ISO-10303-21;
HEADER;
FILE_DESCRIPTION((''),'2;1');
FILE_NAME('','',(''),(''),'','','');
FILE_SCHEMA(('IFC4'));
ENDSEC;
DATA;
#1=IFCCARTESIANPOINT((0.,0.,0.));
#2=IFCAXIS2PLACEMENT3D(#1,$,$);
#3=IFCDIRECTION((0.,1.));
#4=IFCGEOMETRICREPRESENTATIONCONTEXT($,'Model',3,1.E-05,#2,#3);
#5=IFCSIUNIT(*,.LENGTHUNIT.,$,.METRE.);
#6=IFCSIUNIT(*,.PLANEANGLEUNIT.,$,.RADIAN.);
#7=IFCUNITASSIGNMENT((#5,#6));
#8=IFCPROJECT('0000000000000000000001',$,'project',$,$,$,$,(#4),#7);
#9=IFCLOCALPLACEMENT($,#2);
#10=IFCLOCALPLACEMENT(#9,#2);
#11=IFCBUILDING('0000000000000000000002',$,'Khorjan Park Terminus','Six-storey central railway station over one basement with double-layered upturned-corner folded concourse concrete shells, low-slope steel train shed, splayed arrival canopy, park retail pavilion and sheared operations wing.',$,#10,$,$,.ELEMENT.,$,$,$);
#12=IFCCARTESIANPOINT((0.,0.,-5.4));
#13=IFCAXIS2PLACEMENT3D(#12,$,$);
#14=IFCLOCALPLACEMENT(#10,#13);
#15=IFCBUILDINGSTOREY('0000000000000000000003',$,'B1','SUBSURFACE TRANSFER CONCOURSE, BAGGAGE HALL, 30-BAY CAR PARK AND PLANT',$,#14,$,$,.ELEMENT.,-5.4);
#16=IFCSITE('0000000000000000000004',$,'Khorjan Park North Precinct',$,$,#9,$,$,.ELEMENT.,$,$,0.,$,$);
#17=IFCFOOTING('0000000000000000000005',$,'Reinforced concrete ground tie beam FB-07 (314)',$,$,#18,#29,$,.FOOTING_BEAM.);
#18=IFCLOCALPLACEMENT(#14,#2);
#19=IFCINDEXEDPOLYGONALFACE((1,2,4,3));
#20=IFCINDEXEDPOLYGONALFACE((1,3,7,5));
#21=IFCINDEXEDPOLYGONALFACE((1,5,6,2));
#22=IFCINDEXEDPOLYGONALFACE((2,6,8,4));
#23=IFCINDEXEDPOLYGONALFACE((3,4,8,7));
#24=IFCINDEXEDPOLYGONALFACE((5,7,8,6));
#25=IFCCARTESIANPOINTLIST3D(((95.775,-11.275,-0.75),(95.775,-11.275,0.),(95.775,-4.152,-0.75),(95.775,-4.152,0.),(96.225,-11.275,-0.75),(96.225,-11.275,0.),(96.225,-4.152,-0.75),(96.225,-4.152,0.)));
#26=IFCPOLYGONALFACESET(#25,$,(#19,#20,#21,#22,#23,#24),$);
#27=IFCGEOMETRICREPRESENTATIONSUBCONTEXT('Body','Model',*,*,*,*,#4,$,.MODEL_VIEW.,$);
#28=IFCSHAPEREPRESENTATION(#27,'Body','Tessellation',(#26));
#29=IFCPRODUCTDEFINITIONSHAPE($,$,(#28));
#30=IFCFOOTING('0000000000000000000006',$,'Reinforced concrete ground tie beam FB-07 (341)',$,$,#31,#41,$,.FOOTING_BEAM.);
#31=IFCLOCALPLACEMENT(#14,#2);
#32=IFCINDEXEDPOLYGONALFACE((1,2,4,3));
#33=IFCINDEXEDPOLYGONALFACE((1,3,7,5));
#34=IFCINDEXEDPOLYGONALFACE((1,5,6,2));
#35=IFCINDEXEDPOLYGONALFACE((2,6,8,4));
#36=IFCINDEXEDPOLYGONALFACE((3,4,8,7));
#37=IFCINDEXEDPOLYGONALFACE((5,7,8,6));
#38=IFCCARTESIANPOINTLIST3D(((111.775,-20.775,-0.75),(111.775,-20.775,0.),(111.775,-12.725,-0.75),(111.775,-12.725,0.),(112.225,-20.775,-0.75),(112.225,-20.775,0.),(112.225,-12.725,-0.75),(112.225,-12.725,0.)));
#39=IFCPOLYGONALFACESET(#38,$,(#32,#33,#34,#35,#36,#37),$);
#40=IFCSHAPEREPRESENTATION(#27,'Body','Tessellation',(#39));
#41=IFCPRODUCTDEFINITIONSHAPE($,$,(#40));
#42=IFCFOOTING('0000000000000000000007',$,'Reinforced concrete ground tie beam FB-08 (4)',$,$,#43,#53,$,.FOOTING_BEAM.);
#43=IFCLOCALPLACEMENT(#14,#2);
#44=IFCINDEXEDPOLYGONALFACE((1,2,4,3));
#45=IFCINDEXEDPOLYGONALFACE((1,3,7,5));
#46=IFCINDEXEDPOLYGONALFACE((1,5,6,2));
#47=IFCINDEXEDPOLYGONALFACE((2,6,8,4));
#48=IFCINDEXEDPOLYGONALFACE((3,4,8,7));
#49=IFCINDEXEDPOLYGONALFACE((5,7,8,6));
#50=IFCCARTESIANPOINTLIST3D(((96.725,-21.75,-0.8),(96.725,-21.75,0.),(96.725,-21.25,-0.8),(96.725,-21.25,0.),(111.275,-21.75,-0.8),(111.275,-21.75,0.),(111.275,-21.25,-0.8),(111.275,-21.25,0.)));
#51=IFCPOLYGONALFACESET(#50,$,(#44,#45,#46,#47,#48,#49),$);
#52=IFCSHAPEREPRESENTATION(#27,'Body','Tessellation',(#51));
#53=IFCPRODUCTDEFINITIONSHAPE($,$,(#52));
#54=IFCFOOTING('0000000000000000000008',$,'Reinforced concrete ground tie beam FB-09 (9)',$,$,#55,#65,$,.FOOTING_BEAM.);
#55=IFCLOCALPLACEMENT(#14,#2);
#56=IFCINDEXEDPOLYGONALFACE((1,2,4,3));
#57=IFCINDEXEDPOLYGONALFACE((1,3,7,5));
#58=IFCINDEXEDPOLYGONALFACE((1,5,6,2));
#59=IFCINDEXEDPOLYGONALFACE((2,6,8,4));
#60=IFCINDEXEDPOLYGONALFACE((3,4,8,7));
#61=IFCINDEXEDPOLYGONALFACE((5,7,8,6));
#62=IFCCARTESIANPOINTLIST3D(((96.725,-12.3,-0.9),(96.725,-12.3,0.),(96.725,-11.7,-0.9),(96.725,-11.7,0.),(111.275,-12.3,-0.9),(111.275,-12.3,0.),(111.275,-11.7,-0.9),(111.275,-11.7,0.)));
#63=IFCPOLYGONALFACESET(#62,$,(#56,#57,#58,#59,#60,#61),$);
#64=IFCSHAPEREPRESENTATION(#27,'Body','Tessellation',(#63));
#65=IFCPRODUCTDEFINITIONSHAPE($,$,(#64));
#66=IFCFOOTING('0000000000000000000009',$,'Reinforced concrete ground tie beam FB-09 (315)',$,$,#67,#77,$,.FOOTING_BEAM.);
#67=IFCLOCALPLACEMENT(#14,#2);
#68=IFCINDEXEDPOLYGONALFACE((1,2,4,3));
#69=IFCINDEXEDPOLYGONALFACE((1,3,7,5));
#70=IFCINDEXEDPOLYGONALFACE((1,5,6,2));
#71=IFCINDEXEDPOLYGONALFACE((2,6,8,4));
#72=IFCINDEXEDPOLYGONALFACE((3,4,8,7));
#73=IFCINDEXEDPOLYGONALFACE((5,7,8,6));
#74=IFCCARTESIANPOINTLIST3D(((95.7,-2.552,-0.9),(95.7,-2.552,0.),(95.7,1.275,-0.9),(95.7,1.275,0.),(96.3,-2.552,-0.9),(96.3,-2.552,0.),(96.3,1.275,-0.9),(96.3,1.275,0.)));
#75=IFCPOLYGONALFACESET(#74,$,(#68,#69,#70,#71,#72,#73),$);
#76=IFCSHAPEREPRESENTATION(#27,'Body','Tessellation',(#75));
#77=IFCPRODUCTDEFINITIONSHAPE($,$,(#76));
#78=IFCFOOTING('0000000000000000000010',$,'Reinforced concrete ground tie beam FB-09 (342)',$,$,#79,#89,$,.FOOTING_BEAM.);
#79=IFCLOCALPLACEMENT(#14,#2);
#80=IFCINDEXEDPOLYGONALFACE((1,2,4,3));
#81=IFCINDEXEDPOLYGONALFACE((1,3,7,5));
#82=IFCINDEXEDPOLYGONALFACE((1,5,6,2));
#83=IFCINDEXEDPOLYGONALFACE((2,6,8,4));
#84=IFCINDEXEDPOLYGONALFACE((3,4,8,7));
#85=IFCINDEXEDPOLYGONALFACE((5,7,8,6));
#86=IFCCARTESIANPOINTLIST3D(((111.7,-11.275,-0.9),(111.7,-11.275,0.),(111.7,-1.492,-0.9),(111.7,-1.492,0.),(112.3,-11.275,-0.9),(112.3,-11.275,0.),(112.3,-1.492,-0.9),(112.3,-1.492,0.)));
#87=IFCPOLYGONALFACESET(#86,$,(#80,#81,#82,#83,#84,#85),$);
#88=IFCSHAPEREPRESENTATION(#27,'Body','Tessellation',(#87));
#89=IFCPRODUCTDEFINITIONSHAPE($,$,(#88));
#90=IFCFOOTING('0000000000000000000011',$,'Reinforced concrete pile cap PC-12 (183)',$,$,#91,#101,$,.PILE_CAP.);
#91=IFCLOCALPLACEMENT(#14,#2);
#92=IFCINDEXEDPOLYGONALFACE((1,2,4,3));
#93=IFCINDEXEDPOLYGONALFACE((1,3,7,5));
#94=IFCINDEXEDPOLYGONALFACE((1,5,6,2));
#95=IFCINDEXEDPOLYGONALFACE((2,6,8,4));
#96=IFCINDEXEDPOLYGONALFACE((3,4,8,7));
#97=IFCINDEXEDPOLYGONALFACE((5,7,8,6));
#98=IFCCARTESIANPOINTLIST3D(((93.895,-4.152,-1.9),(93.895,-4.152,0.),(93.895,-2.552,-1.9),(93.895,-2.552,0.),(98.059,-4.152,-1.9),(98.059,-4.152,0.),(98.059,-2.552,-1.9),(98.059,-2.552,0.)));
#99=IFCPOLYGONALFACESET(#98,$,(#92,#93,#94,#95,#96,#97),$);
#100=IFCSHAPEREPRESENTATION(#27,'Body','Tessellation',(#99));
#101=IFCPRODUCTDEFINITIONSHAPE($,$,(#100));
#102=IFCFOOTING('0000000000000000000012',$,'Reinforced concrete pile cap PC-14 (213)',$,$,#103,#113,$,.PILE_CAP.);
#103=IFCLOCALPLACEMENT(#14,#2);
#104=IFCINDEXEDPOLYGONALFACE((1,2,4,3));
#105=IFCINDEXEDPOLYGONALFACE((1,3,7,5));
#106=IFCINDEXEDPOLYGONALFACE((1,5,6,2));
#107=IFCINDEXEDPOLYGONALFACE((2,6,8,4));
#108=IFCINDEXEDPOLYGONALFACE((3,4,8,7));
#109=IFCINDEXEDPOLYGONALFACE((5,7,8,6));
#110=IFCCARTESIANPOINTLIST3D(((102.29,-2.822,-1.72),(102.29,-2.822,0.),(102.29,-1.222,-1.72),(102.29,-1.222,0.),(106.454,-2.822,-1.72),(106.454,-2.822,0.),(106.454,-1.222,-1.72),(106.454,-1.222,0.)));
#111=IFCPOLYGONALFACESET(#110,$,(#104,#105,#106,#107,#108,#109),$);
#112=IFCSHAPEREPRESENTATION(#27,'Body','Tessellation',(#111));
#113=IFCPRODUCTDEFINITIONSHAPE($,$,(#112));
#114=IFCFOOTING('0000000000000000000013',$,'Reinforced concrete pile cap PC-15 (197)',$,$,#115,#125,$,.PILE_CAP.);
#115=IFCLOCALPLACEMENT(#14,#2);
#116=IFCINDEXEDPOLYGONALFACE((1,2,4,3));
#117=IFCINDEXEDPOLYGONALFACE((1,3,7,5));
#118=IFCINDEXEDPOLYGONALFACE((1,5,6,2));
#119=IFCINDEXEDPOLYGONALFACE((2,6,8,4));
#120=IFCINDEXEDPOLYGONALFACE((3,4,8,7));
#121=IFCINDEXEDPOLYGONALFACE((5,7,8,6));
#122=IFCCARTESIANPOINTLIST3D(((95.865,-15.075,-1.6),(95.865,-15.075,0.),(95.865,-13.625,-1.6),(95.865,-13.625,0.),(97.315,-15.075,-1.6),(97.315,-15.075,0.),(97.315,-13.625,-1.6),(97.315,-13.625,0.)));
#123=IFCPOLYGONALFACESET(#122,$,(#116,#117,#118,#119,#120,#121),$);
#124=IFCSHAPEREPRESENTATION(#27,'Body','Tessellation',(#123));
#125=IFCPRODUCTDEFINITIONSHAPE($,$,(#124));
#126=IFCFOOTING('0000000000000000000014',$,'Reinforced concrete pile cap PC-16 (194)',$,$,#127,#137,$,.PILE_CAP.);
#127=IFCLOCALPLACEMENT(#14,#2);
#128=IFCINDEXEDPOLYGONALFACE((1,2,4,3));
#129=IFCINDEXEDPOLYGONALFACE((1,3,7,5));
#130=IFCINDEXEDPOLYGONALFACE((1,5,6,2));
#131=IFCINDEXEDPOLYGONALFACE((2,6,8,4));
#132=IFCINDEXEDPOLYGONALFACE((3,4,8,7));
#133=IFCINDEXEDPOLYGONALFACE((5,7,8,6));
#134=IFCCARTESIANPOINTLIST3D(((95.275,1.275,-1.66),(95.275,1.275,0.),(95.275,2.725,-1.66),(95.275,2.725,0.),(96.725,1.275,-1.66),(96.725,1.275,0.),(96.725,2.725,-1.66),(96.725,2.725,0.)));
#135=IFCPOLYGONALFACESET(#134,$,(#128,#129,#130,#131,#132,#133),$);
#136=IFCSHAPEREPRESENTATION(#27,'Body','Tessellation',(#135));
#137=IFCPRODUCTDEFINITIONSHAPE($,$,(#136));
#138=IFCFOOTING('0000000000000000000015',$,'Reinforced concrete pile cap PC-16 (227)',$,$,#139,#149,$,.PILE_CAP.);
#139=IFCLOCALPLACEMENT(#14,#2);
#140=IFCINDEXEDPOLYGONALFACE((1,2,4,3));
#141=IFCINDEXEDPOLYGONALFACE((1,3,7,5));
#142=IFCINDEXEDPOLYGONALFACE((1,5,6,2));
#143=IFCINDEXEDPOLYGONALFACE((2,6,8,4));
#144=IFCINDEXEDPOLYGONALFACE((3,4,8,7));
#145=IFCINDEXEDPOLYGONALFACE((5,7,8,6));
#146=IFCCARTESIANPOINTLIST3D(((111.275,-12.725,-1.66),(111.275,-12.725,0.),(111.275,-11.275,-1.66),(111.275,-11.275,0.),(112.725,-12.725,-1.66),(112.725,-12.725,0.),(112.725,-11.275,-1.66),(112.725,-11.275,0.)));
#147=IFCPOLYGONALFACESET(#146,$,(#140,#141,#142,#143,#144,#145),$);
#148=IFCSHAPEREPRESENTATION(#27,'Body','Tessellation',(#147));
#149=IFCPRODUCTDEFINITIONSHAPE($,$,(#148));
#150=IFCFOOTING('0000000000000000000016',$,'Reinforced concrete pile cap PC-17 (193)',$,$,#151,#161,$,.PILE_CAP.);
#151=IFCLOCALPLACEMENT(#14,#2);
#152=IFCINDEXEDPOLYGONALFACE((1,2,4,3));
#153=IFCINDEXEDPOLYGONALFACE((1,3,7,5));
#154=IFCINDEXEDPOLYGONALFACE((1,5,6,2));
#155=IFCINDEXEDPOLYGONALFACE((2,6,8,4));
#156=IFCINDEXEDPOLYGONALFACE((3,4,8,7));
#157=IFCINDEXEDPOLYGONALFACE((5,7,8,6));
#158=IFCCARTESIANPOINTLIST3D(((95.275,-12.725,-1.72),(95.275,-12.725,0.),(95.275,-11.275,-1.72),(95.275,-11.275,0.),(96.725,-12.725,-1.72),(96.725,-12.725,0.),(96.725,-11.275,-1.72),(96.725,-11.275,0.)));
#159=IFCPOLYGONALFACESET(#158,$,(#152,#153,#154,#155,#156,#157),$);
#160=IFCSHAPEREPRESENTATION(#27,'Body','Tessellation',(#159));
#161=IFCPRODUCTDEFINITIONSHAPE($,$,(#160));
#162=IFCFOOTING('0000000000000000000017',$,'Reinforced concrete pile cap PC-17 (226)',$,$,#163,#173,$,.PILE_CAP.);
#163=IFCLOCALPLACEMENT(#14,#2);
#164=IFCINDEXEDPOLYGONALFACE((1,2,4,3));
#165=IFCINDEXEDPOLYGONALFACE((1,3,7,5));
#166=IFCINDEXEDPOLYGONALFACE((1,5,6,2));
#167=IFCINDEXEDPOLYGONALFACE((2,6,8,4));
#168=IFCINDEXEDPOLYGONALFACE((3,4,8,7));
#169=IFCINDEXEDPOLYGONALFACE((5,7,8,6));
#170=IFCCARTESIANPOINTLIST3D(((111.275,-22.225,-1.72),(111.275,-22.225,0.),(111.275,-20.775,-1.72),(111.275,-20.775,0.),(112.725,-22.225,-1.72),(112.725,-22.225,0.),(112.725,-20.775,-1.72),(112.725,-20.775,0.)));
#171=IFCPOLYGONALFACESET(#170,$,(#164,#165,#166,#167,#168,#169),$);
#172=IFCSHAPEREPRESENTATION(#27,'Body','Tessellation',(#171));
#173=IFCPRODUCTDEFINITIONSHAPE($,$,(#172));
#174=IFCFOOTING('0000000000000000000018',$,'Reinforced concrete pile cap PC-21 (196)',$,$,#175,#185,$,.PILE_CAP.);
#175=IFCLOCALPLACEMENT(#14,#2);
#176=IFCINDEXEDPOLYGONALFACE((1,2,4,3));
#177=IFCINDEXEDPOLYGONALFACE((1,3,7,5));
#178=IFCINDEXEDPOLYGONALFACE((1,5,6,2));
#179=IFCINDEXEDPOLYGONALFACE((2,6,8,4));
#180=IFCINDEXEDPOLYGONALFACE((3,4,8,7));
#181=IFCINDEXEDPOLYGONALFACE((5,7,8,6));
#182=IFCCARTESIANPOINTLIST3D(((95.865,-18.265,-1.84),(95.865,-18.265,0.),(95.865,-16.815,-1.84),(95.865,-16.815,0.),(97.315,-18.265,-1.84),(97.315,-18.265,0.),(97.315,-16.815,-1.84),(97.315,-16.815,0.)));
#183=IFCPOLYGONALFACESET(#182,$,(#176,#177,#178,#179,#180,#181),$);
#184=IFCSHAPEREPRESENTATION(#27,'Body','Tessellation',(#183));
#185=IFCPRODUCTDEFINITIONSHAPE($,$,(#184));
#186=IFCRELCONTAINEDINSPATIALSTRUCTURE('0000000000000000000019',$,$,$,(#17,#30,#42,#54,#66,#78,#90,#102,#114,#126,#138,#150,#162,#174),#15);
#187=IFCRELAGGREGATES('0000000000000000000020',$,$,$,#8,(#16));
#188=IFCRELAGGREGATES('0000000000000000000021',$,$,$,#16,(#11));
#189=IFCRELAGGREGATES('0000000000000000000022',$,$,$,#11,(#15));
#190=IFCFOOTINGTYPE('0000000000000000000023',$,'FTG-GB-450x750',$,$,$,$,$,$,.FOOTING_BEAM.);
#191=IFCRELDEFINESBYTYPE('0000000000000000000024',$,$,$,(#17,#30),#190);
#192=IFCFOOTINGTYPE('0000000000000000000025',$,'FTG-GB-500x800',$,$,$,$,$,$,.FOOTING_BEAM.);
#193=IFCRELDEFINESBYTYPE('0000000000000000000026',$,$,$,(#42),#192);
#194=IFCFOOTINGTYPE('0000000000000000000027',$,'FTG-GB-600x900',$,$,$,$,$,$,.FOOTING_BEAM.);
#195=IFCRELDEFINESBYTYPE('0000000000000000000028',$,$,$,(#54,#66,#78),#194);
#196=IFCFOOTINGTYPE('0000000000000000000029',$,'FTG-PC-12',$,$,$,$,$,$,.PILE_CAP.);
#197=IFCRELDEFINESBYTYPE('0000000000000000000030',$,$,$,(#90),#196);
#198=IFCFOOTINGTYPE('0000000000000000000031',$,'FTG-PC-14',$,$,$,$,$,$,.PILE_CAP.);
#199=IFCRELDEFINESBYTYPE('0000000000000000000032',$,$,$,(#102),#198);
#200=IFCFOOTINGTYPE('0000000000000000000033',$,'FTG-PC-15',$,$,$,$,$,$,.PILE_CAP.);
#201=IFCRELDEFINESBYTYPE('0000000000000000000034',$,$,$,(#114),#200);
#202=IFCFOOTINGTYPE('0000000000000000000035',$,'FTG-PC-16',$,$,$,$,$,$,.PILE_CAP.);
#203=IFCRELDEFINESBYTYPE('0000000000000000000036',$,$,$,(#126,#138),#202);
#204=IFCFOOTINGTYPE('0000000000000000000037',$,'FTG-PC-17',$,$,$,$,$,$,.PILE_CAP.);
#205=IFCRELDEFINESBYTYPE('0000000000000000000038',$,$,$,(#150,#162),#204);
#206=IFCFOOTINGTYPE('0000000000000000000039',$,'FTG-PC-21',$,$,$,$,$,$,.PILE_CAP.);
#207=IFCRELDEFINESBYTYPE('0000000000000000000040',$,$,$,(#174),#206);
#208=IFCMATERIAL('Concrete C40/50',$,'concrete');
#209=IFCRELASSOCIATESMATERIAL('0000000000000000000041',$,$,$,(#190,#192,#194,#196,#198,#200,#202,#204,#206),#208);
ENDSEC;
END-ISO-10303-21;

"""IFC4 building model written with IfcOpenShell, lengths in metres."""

from ifc_helpers import new_model, si_unit, direction, frame, origin, origin_2d, place, context, subcontext, project, spatial, rectangle, extrude, material, material_profile, profile_set, type_object, element, save


model = new_model("IFC4")

# Units and contexts
model_context = context("Model", 3, precision=1e-05, world=origin(), true_north=direction((0.0, 1.0)))
body_context = subcontext(model_context, "Body", "Model", "MODEL_VIEW")
ifc_project = project(units=[si_unit("LENGTHUNIT", "METRE"), si_unit("PLANEANGLEUNIT", "RADIAN")], contexts=[model_context])

# Site, building, storey
site_placement = place(None, origin())
site = spatial("IfcSite", under=ifc_project, at=site_placement, Name="Khorjan Park North Precinct", CompositionType="ELEMENT", RefElevation=0.0)
building_placement = place(site_placement, origin())
building = spatial("IfcBuilding", under=site, at=building_placement, Name="Khorjan Park Terminus", Description="Six-storey central railway station over one basement with double-layered upturned-corner folded concourse concrete shells, low-slope steel train shed, splayed arrival canopy, park retail pavilion and sheared operations wing.", CompositionType="ELEMENT")
storey_placement = place(building_placement, frame((0.0, 0.0, -5.4)))
storey = spatial("IfcBuildingStorey", under=building, at=storey_placement, Name="B1", Description="SUBSURFACE TRANSFER CONCOURSE, BAGGAGE HALL, 30-BAY CAR PARK AND PLANT", CompositionType="ELEMENT", Elevation=-5.4)

# Footings
ifc_material_1 = material(Name="Concrete C40/50", Category="concrete")
ifc_material_profile_1 = material_profile(ifc_material_1, rectangle(XDim=0.45, YDim=0.75, at=origin_2d()), Name="RC 450x750")
ifc_profile_set_1 = profile_set([ifc_material_profile_1], Name="Concrete C40/50")
footing_type_1 = type_object("IfcFootingType", Name="FTG-GB-450x750", PredefinedType="FOOTING_BEAM", material=ifc_profile_set_1)
footing_1_placement = place(storey_placement, frame((96.0, -11.275, -0.375), z_axis=(0.0, 1.0, 0.0), x_axis=(-1.0, 0.0, 0.0)))
element("IfcFooting", 1, at=footing_1_placement, inside=storey, type_object=footing_type_1, Name="Reinforced concrete ground tie beam FB-07 (314)", PredefinedType="FOOTING_BEAM", context=body_context, shape_type="SweptSolid", body=[
    extrude(rectangle(XDim=0.45, YDim=0.75, at=origin_2d()), origin(), (0.0, 0.0, 1.0), 7.123),
])
footing_2_placement = place(storey_placement, frame((112.0, -20.775, -0.375), z_axis=(0.0, 1.0, 0.0), x_axis=(-1.0, 0.0, 0.0)))
element("IfcFooting", 2, at=footing_2_placement, inside=storey, type_object=footing_type_1, Name="Reinforced concrete ground tie beam FB-07 (341)", PredefinedType="FOOTING_BEAM", context=body_context, shape_type="SweptSolid", body=[
    extrude(rectangle(XDim=0.45, YDim=0.75, at=origin_2d()), origin(), (0.0, 0.0, 1.0), 8.05),
])
ifc_material_profile_2 = material_profile(ifc_material_1, rectangle(XDim=0.5, YDim=0.8, at=origin_2d()), Name="RC 500x800")
ifc_profile_set_2 = profile_set([ifc_material_profile_2], Name="Concrete C40/50")
footing_type_2 = type_object("IfcFootingType", Name="FTG-GB-500x800", PredefinedType="FOOTING_BEAM", material=ifc_profile_set_2)
footing_3_placement = place(storey_placement, frame((96.725, -21.5, -0.4), z_axis=(1.0, 0.0, 0.0), x_axis=(0.0, 1.0, 0.0)))
element("IfcFooting", 3, at=footing_3_placement, inside=storey, type_object=footing_type_2, Name="Reinforced concrete ground tie beam FB-08 (4)", PredefinedType="FOOTING_BEAM", context=body_context, shape_type="SweptSolid", body=[
    extrude(rectangle(XDim=0.5, YDim=0.8, at=origin_2d()), origin(), (0.0, 0.0, 1.0), 14.55),
])
ifc_material_profile_3 = material_profile(ifc_material_1, rectangle(XDim=0.6, YDim=0.9, at=origin_2d()), Name="RC 600x900")
ifc_profile_set_3 = profile_set([ifc_material_profile_3], Name="Concrete C40/50")
footing_type_3 = type_object("IfcFootingType", Name="FTG-GB-600x900", PredefinedType="FOOTING_BEAM", material=ifc_profile_set_3)
footing_4_placement = place(storey_placement, frame((96.725, -12.0, -0.45), z_axis=(1.0, 0.0, 0.0), x_axis=(0.0, 1.0, 0.0)))
element("IfcFooting", 4, at=footing_4_placement, inside=storey, type_object=footing_type_3, Name="Reinforced concrete ground tie beam FB-09 (9)", PredefinedType="FOOTING_BEAM", context=body_context, shape_type="SweptSolid", body=[
    extrude(rectangle(XDim=0.6, YDim=0.9, at=origin_2d()), origin(), (0.0, 0.0, 1.0), 14.55),
])
footing_5_placement = place(storey_placement, frame((96.0, -2.552, -0.45), z_axis=(0.0, 1.0, 0.0), x_axis=(-1.0, 0.0, 0.0)))
element("IfcFooting", 5, at=footing_5_placement, inside=storey, type_object=footing_type_3, Name="Reinforced concrete ground tie beam FB-09 (315)", PredefinedType="FOOTING_BEAM", context=body_context, shape_type="SweptSolid", body=[
    extrude(rectangle(XDim=0.6, YDim=0.9, at=origin_2d()), origin(), (0.0, 0.0, 1.0), 3.827),
])
footing_6_placement = place(storey_placement, frame((112.0, -11.275, -0.45), z_axis=(0.0, 1.0, 0.0), x_axis=(-1.0, 0.0, 0.0)))
element("IfcFooting", 6, at=footing_6_placement, inside=storey, type_object=footing_type_3, Name="Reinforced concrete ground tie beam FB-09 (342)", PredefinedType="FOOTING_BEAM", context=body_context, shape_type="SweptSolid", body=[
    extrude(rectangle(XDim=0.6, YDim=0.9, at=origin_2d()), origin(), (0.0, 0.0, 1.0), 9.783),
])
footing_type_4 = type_object("IfcFootingType", Name="FTG-PC-12", PredefinedType="PILE_CAP", material=ifc_material_1)
footing_7_placement = place(storey_placement, frame((95.977, -3.352, -1.9), z_axis=(0.0, 0.0, 1.0), x_axis=(1.0, 0.0, 0.0)))
element("IfcFooting", 7, at=footing_7_placement, inside=storey, type_object=footing_type_4, Name="Reinforced concrete pile cap PC-12 (183)", PredefinedType="PILE_CAP", context=body_context, shape_type="SweptSolid", body=[
    extrude(rectangle(XDim=4.164, YDim=1.6, at=origin_2d()), origin(), (0.0, 0.0, 1.0), 1.9),
])
footing_type_5 = type_object("IfcFootingType", Name="FTG-PC-14", PredefinedType="PILE_CAP", material=ifc_material_1)
footing_8_placement = place(storey_placement, frame((104.372, -2.022, -1.72), z_axis=(0.0, 0.0, 1.0), x_axis=(1.0, 0.0, 0.0)))
element("IfcFooting", 8, at=footing_8_placement, inside=storey, type_object=footing_type_5, Name="Reinforced concrete pile cap PC-14 (213)", PredefinedType="PILE_CAP", context=body_context, shape_type="SweptSolid", body=[
    extrude(rectangle(XDim=4.164, YDim=1.6, at=origin_2d()), origin(), (0.0, 0.0, 1.0), 1.72),
])
footing_type_6 = type_object("IfcFootingType", Name="FTG-PC-15", PredefinedType="PILE_CAP", material=ifc_material_1)
footing_9_placement = place(storey_placement, frame((96.59, -14.35, -1.6), z_axis=(0.0, 0.0, 1.0), x_axis=(1.0, 0.0, 0.0)))
element("IfcFooting", 9, at=footing_9_placement, inside=storey, type_object=footing_type_6, Name="Reinforced concrete pile cap PC-15 (197)", PredefinedType="PILE_CAP", context=body_context, shape_type="SweptSolid", body=[
    extrude(rectangle(XDim=1.45, YDim=1.45, at=origin_2d()), origin(), (0.0, 0.0, 1.0), 1.6),
])
footing_type_7 = type_object("IfcFootingType", Name="FTG-PC-16", PredefinedType="PILE_CAP", material=ifc_material_1)
for number, where, z_axis, x_axis, name in (
    (10, (96.0, 2.0, -1.66), (0.0, 0.0, 1.0), (1.0, 0.0, 0.0), "Reinforced concrete pile cap PC-16 (194)"),
    (11, (112.0, -12.0, -1.66), (0.0, 0.0, 1.0), (1.0, 0.0, 0.0), "Reinforced concrete pile cap PC-16 (227)"),
):
    element("IfcFooting", number, at=place(storey_placement, frame(where, z_axis=z_axis, x_axis=x_axis)), inside=storey, type_object=footing_type_7, Name=name, PredefinedType="PILE_CAP", context=body_context, shape_type="SweptSolid", body=[
        extrude(rectangle(XDim=1.45, YDim=1.45, at=origin_2d()), origin(), (0.0, 0.0, 1.0), 1.66),
    ])
footing_type_8 = type_object("IfcFootingType", Name="FTG-PC-17", PredefinedType="PILE_CAP", material=ifc_material_1)
for number, where, z_axis, x_axis, name in (
    (12, (96.0, -12.0, -1.72), (0.0, 0.0, 1.0), (1.0, 0.0, 0.0), "Reinforced concrete pile cap PC-17 (193)"),
    (13, (112.0, -21.5, -1.72), (0.0, 0.0, 1.0), (1.0, 0.0, 0.0), "Reinforced concrete pile cap PC-17 (226)"),
):
    element("IfcFooting", number, at=place(storey_placement, frame(where, z_axis=z_axis, x_axis=x_axis)), inside=storey, type_object=footing_type_8, Name=name, PredefinedType="PILE_CAP", context=body_context, shape_type="SweptSolid", body=[
        extrude(rectangle(XDim=1.45, YDim=1.45, at=origin_2d()), origin(), (0.0, 0.0, 1.0), 1.72),
    ])
footing_type_9 = type_object("IfcFootingType", Name="FTG-PC-21", PredefinedType="PILE_CAP", material=ifc_material_1)
footing_10_placement = place(storey_placement, frame((96.59, -17.54, -1.84), z_axis=(0.0, 0.0, 1.0), x_axis=(1.0, 0.0, 0.0)))
element("IfcFooting", 14, at=footing_10_placement, inside=storey, type_object=footing_type_9, Name="Reinforced concrete pile cap PC-21 (196)", PredefinedType="PILE_CAP", context=body_context, shape_type="SweptSolid", body=[
    extrude(rectangle(XDim=1.45, YDim=1.45, at=origin_2d()), origin(), (0.0, 0.0, 1.0), 1.84),
])

save(model, "model.ifc")
